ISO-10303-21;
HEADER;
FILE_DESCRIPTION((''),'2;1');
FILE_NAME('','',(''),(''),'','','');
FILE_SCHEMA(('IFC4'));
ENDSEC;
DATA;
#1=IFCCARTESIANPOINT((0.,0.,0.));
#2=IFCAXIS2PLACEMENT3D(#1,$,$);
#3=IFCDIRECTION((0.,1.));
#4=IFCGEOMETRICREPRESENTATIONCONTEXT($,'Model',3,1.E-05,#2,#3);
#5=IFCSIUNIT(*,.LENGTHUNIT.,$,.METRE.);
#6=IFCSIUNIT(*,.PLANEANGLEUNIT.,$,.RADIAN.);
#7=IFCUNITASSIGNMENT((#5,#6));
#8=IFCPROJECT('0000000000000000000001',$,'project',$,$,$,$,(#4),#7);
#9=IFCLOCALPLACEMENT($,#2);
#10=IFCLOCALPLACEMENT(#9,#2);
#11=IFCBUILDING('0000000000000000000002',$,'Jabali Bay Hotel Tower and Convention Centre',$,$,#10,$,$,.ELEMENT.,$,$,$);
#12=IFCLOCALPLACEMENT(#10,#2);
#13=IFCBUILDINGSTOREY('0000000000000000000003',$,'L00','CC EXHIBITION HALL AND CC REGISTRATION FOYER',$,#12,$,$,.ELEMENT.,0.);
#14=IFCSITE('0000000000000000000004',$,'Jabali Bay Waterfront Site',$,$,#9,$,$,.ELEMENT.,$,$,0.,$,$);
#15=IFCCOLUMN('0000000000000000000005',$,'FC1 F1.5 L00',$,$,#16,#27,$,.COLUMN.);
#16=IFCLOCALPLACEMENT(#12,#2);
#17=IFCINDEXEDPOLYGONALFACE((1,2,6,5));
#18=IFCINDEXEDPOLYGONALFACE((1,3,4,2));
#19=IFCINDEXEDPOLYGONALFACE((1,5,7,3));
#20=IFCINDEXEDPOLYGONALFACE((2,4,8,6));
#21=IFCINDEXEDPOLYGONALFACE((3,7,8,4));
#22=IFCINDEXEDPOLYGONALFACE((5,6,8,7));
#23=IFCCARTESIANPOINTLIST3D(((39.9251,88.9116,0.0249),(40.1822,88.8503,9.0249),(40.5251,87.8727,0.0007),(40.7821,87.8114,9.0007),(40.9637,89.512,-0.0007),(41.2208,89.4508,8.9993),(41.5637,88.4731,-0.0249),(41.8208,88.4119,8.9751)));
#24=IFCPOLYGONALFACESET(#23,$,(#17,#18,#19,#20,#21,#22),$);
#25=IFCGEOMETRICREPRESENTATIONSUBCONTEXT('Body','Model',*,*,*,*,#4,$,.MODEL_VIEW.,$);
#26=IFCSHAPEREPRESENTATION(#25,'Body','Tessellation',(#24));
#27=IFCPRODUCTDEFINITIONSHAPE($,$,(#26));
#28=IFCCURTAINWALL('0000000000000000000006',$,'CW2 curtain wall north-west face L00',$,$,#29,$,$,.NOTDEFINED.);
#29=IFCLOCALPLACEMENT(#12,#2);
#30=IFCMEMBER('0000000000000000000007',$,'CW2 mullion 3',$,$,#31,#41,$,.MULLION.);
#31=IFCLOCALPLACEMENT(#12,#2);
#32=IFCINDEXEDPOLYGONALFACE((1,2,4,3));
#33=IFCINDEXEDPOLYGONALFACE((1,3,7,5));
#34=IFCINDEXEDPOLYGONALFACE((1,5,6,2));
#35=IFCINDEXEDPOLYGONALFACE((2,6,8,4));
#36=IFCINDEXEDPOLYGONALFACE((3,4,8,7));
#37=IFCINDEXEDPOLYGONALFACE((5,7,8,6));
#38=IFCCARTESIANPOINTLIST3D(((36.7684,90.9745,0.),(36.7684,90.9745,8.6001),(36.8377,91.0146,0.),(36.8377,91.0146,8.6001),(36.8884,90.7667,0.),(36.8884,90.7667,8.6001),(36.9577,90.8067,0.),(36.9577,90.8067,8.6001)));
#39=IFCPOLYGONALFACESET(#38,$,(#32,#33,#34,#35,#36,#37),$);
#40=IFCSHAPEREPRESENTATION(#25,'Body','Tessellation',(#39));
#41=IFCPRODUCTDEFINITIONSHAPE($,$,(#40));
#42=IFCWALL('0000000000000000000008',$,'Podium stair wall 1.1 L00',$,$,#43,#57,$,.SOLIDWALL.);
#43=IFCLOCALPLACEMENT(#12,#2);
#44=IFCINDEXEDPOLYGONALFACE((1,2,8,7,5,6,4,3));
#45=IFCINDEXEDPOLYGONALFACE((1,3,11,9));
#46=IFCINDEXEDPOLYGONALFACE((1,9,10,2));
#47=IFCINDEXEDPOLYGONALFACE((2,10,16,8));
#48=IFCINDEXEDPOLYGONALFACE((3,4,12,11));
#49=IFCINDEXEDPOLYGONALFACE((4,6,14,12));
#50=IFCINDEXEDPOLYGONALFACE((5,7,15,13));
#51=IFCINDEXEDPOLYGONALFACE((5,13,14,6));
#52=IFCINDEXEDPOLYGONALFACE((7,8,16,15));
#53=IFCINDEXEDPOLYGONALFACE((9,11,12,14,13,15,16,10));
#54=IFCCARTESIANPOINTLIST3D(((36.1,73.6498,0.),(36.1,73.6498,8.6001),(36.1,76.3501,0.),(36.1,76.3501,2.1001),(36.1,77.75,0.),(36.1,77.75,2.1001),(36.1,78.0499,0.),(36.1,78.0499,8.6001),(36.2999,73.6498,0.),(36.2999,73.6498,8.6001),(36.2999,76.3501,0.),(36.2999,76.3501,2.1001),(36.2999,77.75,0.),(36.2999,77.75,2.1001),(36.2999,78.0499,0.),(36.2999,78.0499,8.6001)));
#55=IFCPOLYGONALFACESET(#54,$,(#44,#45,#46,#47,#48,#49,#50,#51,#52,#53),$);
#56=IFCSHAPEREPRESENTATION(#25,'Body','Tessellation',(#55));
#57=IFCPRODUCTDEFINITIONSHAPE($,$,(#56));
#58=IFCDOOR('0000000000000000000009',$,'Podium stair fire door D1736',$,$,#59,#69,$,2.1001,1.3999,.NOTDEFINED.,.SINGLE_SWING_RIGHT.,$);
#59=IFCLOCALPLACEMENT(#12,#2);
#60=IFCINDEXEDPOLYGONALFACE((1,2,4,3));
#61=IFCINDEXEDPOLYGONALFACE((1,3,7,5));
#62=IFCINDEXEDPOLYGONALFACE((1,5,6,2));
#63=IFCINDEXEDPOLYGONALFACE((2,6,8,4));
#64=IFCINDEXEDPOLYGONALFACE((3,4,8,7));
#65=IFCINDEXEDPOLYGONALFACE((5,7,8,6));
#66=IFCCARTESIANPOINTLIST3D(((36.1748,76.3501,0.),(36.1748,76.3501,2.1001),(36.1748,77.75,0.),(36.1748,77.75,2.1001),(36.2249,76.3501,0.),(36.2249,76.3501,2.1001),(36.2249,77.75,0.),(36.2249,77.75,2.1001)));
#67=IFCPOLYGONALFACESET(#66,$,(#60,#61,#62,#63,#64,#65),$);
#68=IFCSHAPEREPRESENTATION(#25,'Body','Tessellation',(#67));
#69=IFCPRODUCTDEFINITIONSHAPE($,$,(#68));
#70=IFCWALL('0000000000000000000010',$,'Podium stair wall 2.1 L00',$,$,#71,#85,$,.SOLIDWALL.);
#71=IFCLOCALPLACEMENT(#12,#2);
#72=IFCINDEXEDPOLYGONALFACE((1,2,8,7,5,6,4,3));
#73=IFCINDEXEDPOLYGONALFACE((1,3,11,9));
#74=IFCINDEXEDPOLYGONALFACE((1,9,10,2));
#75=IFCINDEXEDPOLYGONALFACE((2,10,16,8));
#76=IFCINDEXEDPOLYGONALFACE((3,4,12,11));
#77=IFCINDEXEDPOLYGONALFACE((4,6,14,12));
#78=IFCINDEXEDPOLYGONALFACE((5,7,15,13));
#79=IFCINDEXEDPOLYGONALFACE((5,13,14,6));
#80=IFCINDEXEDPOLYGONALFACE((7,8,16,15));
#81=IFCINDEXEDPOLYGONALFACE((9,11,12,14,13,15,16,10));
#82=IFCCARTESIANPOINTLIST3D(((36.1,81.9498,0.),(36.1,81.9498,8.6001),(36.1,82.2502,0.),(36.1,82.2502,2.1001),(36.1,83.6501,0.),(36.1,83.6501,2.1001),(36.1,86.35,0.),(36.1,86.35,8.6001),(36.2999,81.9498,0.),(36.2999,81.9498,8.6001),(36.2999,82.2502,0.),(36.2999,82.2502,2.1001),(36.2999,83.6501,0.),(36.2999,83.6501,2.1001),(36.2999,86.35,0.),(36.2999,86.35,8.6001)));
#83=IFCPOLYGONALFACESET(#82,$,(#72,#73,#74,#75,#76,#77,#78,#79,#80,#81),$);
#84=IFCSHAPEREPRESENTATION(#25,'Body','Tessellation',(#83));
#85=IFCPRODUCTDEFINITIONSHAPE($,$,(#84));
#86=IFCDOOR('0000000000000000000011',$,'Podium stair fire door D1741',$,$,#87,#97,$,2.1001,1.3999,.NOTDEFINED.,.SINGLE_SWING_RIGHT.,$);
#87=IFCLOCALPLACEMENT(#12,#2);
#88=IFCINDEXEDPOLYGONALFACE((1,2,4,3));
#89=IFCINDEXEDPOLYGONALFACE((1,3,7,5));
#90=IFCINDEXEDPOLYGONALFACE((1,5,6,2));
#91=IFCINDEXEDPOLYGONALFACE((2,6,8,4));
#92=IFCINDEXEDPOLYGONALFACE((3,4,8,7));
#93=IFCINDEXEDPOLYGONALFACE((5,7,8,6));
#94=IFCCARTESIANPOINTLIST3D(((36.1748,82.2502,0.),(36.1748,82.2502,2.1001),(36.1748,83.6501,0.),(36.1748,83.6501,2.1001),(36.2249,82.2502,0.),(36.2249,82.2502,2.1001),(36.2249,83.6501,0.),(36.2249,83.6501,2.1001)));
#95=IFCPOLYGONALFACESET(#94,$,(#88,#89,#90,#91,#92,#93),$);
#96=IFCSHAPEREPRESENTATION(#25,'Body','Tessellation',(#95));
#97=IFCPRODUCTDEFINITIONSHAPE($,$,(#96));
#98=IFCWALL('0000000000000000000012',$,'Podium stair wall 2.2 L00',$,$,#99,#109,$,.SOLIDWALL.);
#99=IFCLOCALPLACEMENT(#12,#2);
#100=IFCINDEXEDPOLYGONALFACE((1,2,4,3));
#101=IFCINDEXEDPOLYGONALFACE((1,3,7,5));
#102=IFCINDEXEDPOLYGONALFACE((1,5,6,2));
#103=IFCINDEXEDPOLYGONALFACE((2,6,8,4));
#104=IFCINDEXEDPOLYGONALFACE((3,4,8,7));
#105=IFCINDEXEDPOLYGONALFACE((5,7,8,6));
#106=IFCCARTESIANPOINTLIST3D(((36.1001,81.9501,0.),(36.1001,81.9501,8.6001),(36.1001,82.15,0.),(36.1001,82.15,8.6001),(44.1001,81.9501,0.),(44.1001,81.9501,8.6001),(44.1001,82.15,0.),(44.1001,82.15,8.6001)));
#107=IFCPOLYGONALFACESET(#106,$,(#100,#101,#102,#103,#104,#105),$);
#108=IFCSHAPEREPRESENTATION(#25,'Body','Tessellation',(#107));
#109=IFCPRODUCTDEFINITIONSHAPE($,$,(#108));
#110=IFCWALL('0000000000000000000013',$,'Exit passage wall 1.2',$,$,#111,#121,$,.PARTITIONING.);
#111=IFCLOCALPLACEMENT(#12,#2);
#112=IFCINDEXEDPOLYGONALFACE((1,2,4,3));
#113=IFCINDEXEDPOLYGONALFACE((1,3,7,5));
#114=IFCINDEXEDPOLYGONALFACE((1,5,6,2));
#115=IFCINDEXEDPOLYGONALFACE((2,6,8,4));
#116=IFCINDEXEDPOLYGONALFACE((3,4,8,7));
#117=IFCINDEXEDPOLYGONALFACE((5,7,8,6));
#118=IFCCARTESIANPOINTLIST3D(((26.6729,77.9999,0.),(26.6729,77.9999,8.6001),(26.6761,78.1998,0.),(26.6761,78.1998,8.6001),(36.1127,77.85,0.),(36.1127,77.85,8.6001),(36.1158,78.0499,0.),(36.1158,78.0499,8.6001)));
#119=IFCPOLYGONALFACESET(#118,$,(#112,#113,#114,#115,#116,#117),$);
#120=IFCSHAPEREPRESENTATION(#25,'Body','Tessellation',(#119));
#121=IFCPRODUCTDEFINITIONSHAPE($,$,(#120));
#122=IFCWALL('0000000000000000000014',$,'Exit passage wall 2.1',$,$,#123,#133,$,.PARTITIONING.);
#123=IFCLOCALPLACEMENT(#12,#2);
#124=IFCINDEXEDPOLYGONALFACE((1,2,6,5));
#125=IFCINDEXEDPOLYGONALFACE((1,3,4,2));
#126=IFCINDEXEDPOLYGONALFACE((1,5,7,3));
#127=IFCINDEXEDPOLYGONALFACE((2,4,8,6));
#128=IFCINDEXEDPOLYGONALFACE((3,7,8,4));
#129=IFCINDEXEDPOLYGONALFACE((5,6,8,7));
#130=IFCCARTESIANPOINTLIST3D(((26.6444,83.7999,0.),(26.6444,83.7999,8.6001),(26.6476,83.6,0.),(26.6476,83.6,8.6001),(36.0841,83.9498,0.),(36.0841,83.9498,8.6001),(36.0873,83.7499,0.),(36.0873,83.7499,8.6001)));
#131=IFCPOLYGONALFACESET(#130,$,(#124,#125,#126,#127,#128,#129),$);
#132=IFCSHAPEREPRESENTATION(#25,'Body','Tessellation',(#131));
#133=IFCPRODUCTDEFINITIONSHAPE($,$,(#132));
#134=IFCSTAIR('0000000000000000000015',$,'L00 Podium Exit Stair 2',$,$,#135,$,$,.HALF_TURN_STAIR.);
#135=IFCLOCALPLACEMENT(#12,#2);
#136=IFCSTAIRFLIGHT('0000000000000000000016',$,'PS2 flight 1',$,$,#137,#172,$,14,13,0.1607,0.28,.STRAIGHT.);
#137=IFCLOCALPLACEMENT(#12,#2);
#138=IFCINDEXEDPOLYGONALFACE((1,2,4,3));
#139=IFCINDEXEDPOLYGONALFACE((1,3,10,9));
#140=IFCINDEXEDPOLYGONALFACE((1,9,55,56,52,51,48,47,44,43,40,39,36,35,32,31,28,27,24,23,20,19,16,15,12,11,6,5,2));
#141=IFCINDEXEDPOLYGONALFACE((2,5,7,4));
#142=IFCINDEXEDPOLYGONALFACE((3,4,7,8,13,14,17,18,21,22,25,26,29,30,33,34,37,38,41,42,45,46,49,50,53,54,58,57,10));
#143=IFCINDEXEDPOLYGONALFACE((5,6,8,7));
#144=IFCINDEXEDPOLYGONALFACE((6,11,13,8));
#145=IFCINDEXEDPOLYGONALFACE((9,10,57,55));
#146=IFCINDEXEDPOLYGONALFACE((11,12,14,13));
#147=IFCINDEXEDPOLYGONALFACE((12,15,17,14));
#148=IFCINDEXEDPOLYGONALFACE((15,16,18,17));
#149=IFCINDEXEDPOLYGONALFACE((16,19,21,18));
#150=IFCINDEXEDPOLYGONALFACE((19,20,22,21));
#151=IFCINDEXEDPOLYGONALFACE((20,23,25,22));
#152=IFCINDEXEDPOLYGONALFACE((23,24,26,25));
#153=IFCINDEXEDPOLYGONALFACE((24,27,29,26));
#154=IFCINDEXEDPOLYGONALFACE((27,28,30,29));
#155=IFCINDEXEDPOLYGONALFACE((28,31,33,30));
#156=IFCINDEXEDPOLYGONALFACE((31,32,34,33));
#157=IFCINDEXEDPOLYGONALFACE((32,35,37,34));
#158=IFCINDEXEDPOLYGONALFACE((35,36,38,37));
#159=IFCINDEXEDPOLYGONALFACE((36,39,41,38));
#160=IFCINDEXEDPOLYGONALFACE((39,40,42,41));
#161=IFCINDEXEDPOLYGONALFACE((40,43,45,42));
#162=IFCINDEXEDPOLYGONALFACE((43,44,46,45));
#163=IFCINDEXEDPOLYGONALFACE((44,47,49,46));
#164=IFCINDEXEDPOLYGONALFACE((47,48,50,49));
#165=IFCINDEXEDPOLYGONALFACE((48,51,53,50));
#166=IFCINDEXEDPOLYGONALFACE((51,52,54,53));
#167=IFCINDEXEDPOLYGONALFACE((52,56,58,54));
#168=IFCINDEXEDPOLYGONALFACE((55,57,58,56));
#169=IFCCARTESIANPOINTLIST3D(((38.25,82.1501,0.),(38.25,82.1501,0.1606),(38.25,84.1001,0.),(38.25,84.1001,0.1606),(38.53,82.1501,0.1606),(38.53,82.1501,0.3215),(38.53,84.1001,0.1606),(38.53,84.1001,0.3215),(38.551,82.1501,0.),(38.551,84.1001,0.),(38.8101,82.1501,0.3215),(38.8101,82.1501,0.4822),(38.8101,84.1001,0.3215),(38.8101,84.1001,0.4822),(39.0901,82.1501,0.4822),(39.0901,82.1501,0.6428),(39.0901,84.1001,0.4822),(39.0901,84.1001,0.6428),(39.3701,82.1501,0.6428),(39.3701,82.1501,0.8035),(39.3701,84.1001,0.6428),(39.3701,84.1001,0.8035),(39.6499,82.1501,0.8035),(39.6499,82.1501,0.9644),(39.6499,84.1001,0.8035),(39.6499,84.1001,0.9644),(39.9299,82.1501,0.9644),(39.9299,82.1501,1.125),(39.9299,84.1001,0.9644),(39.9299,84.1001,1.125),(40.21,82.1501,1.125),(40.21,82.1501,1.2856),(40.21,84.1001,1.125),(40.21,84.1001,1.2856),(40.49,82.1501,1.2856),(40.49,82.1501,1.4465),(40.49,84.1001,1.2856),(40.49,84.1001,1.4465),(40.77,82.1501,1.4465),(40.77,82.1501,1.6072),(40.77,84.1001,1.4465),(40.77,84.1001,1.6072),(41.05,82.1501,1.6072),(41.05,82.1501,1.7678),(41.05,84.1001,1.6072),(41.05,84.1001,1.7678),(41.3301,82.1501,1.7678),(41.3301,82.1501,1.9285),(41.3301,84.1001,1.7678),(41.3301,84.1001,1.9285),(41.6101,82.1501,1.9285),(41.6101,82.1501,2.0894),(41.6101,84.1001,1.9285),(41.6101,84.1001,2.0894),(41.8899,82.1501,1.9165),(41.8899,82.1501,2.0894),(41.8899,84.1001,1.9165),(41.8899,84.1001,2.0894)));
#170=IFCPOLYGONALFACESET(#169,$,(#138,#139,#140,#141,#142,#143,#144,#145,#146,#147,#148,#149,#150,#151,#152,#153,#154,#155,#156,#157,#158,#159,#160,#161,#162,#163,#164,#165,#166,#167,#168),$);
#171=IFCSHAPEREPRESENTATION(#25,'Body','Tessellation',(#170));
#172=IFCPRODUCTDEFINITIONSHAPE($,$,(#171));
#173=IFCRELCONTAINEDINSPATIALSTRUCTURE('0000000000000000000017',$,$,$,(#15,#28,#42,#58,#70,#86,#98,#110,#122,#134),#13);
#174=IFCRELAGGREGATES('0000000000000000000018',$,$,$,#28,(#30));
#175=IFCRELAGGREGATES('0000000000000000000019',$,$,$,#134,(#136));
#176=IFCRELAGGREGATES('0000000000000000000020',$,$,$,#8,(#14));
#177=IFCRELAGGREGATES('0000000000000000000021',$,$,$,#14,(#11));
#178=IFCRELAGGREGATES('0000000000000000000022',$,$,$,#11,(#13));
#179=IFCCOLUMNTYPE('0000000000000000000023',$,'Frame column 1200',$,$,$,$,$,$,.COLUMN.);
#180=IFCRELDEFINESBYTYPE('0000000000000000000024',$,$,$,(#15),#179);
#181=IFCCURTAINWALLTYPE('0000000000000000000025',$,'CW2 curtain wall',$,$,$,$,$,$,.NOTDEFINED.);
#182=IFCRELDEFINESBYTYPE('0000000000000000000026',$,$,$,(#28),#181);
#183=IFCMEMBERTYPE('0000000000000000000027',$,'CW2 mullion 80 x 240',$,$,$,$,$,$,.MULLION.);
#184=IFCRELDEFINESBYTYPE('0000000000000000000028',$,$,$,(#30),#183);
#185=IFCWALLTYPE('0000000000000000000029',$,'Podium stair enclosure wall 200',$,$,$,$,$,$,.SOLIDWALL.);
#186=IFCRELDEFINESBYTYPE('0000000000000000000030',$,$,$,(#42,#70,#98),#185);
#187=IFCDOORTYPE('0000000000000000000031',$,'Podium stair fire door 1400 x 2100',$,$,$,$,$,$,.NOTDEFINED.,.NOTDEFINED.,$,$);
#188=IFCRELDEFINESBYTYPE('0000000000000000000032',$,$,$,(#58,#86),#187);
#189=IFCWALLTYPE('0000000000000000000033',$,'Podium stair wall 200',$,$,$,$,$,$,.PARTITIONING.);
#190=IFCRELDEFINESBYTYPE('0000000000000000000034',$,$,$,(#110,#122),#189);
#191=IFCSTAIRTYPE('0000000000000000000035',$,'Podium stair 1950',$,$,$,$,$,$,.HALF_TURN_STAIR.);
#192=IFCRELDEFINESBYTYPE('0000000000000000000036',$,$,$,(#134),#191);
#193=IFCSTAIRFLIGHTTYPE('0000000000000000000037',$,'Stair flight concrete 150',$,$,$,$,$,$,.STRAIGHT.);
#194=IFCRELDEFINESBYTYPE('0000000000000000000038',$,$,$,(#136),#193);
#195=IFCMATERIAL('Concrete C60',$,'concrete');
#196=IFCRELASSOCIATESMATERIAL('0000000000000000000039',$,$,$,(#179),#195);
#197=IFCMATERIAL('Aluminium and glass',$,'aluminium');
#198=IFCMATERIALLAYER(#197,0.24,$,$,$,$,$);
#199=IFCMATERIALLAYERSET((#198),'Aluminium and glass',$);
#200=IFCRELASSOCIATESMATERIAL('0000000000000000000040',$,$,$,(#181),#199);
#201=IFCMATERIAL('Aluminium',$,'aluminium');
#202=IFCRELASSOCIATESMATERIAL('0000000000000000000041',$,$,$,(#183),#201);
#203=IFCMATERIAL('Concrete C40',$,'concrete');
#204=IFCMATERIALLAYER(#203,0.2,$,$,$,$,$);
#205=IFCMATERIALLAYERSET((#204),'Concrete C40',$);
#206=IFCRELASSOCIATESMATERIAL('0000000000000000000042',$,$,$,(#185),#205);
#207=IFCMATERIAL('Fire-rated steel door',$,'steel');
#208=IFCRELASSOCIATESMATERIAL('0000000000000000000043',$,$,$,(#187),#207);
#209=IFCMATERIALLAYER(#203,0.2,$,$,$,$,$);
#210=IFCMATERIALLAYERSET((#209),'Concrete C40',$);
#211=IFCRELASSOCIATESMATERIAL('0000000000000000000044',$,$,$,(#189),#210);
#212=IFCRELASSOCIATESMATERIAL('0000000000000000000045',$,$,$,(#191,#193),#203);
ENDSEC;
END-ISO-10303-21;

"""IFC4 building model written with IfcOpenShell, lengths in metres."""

from ifc_helpers import new_model, si_unit, direction, frame, frame_2d, origin, origin_2d, place, context, subcontext, project, spatial, polyline, rectangle, outline, extrude, material, layer, layer_set, material_profile, profile_set, type_object, element, fill, aggregate, save


model = new_model("IFC4")

# Units and contexts
model_context = context("Model", 3, precision=1e-05, world=origin(), true_north=direction((0.0, 1.0)))
body_context = subcontext(model_context, "Body", "Model", "MODEL_VIEW")
ifc_project = project(units=[si_unit("LENGTHUNIT", "METRE"), si_unit("PLANEANGLEUNIT", "RADIAN")], contexts=[model_context])

# Site, building, storey
site_placement = place(None, origin())
site = spatial("IfcSite", under=ifc_project, at=site_placement, Name="Jabali Bay Waterfront Site", CompositionType="ELEMENT", RefElevation=0.0)
building_placement = place(site_placement, origin())
building = spatial("IfcBuilding", under=site, at=building_placement, Name="Jabali Bay Hotel Tower and Convention Centre", CompositionType="ELEMENT")
storey_placement = place(building_placement, origin())
storey = spatial("IfcBuildingStorey", under=building, at=storey_placement, Name="L00", Description="CC EXHIBITION HALL AND CC REGISTRATION FOYER", CompositionType="ELEMENT", Elevation=0.0)

# Column
ifc_material_1 = material(Name="Concrete C60", Category="concrete")
ifc_material_profile_1 = material_profile(ifc_material_1, rectangle(XDim=1.2, YDim=1.2, at=origin_2d()), Name="Frame column 1200")
ifc_profile_set_1 = profile_set([ifc_material_profile_1], Name="Concrete C60")
column_type = type_object("IfcColumnType", Name="Frame column 1200", PredefinedType="COLUMN", material=ifc_profile_set_1)
column_placement = place(storey_placement, frame((40.7444, 88.6924, 0.0), z_axis=(0.028552, -0.006806, 0.999569), x_axis=(-0.500004, 0.865788, 0.020177)))
element("IfcColumn", 1, at=column_placement, inside=storey, type_object=column_type, Name="FC1 F1.5 L00", PredefinedType="COLUMN", context=body_context, shape_type="SweptSolid", body=[
    extrude(rectangle(XDim=1.2, YDim=1.2, at=origin_2d()), origin(), (0.0, 0.0, 1.0), 9.0039),
])

# Curtain wall, member
ifc_material_2 = material(Name="Aluminium and glass", Category="aluminium")
ifc_layer_1 = layer(ifc_material_2, 0.24)
ifc_layer_set_1 = layer_set([ifc_layer_1], Name="Aluminium and glass")
curtain_wall_type = type_object("IfcCurtainWallType", Name="CW2 curtain wall", PredefinedType="NOTDEFINED", material=ifc_layer_set_1)
curtain_wall_placement = place(storey_placement, origin())
curtain_wall = element("IfcCurtainWall", 2, at=curtain_wall_placement, inside=storey, type_object=curtain_wall_type, Name="CW2 curtain wall north-west face L00", PredefinedType="NOTDEFINED")
ifc_material_3 = material(Name="Aluminium", Category="aluminium")
ifc_material_profile_2 = material_profile(ifc_material_3, rectangle(XDim=0.24, YDim=0.0801, at=origin_2d()), Name="CW2 mullion 80 x 240")
ifc_profile_set_2 = profile_set([ifc_material_profile_2], Name="Aluminium")
member_type = type_object("IfcMemberType", Name="CW2 mullion 80 x 240", PredefinedType="MULLION", material=ifc_profile_set_2)
member_placement = place(storey_placement, frame((36.863, 90.8906, 0.0), z_axis=(0.0, 0.0, 1.0), x_axis=(-0.5, 0.866025, 0.0)))
member = element("IfcMember", 3, at=member_placement, type_object=member_type, Name="CW2 mullion 3", PredefinedType="MULLION", context=body_context, shape_type="SweptSolid", body=[
    extrude(rectangle(XDim=0.24, YDim=0.0801, at=origin_2d()), origin(), (0.0, 0.0, 1.0), 8.6001),
])
aggregate(curtain_wall, [member])

# Walls, openings, doors
ifc_material_4 = material(Name="Concrete C40", Category="concrete")
ifc_layer_2 = layer(ifc_material_4, 0.2)
ifc_layer_set_2 = layer_set([ifc_layer_2], Name="Concrete C40")
wall_type_1 = type_object("IfcWallType", Name="Podium stair enclosure wall 200", PredefinedType="SOLIDWALL", material=ifc_layer_set_2)
wall_1_placement = place(storey_placement, frame((36.2, 78.05, 0.0), z_axis=(0.0, 0.0, 1.0), x_axis=(0.0, -1.0, 0.0)))
wall_1 = element("IfcWall", 4, at=wall_1_placement, inside=storey, type_object=wall_type_1, Name="Podium stair wall 1.1 L00", PredefinedType="SOLIDWALL", context=body_context, shape_type="SweptSolid", body=[
    extrude(rectangle(XDim=4.4001, YDim=0.2, at=frame_2d((2.2002, 0.0))), origin(), (0.0, 0.0, 1.0), 8.6001),
])
opening_1_placement = place(wall_1_placement, frame((0.3, 0.0, 0.0)))
opening_1 = element("IfcOpeningElement", 5, at=opening_1_placement, cuts=wall_1, PredefinedType="OPENING", context=body_context, shape_type="SweptSolid", body=[
    extrude(rectangle(XDim=1.3999, YDim=2.1001, at=frame_2d((0.7, 1.05))), frame((0.0, 0.1104, 0.0), z_axis=(0.0, -1.0, 0.0), x_axis=(1.0, 0.0, 0.0)), (0.0, 0.0, 1.0), 0.2209),
])
ifc_material_5 = material(Name="Fire-rated steel door", Category="steel")
door_type_1 = type_object("IfcDoorType", Name="Podium stair fire door 1400 x 2100", OperationType="NOTDEFINED", PredefinedType="NOTDEFINED", material=ifc_material_5)
door_1_placement = place(opening_1_placement, origin())
door_1 = element("IfcDoor", 6, at=door_1_placement, inside=storey, type_object=door_type_1, Name="Podium stair fire door D1736", OperationType="SINGLE_SWING_RIGHT", OverallHeight=2.1001, OverallWidth=1.3999, PredefinedType="NOTDEFINED", context=body_context, shape_type="SweptSolid", body=[
    extrude(rectangle(XDim=1.3999, YDim=2.1001, at=frame_2d((0.7, 1.05))), frame((0.0, 0.0249, 0.0), z_axis=(0.0, -1.0, 0.0), x_axis=(1.0, 0.0, 0.0)), (0.0, 0.0, 1.0), 0.05),
])
fill(opening_1, door_1)
wall_2_placement = place(storey_placement, frame((36.2, 86.3501, 0.0), z_axis=(0.0, 0.0, 1.0), x_axis=(0.0, -1.0, 0.0)))
wall_2 = element("IfcWall", 7, at=wall_2_placement, inside=storey, type_object=wall_type_1, Name="Podium stair wall 2.1 L00", PredefinedType="SOLIDWALL", context=body_context, shape_type="SweptSolid", body=[
    extrude(rectangle(XDim=4.4001, YDim=0.2, at=frame_2d((2.2002, 0.0))), origin(), (0.0, 0.0, 1.0), 8.6001),
])
opening_2_placement = place(wall_2_placement, frame((2.7, 0.0, 0.0)))
opening_2 = element("IfcOpeningElement", 8, at=opening_2_placement, cuts=wall_2, PredefinedType="OPENING", context=body_context, shape_type="SweptSolid", body=[
    extrude(rectangle(XDim=1.3999, YDim=2.1001, at=frame_2d((0.7, 1.05))), frame((0.0, 0.1104, 0.0), z_axis=(0.0, -1.0, 0.0), x_axis=(1.0, 0.0, 0.0)), (0.0, 0.0, 1.0), 0.2209),
])
door_2_placement = place(opening_2_placement, origin())
door_2 = element("IfcDoor", 9, at=door_2_placement, inside=storey, type_object=door_type_1, Name="Podium stair fire door D1741", OperationType="SINGLE_SWING_RIGHT", OverallHeight=2.1001, OverallWidth=1.3999, PredefinedType="NOTDEFINED", context=body_context, shape_type="SweptSolid", body=[
    extrude(rectangle(XDim=1.3999, YDim=2.1001, at=frame_2d((0.7, 1.05))), frame((0.0, 0.0249, 0.0), z_axis=(0.0, -1.0, 0.0), x_axis=(1.0, 0.0, 0.0)), (0.0, 0.0, 1.0), 0.05),
])
fill(opening_2, door_2)

# Walls
wall_3_placement = place(storey_placement, frame((36.1001, 82.05, 0.0), z_axis=(0.0, 0.0, 1.0), x_axis=(1.0, 0.0, 0.0)))
element("IfcWall", 10, at=wall_3_placement, inside=storey, type_object=wall_type_1, Name="Podium stair wall 2.2 L00", PredefinedType="SOLIDWALL", context=body_context, shape_type="SweptSolid", body=[
    extrude(rectangle(XDim=8.0, YDim=0.2, at=frame_2d((4.0, 0.0))), origin(), (0.0, 0.0, 1.0), 8.6001),
])
ifc_layer_3 = layer(ifc_material_4, 0.2)
ifc_layer_set_3 = layer_set([ifc_layer_3], Name="Concrete C40")
wall_type_2 = type_object("IfcWallType", Name="Podium stair wall 200", PredefinedType="PARTITIONING", material=ifc_layer_set_3)
for number, where, z_axis, x_axis, name in (
    (11, (36.1143, 77.95, 0.0), (0.0, 0.0, 1.0), (-0.999874, 0.015878, 0.0), "Exit passage wall 1.2"),
    (12, (36.0857, 83.8499, 0.0), (0.0, 0.0, 1.0), (-0.999874, -0.015878, 0.0), "Exit passage wall 2.1"),
):
    element("IfcWall", number, at=place(storey_placement, frame(where, z_axis=z_axis, x_axis=x_axis)), inside=storey, type_object=wall_type_2, Name=name, PredefinedType="PARTITIONING", context=body_context, shape_type="SweptSolid", body=[
        extrude(rectangle(XDim=9.4409, YDim=0.2, at=frame_2d((4.7205, 0.0))), origin(), (0.0, 0.0, 1.0), 8.6001),
    ])

# Stair, stair flight
stair_type = type_object("IfcStairType", Name="Podium stair 1950", PredefinedType="HALF_TURN_STAIR", material=ifc_material_4)
stair_placement = place(storey_placement, origin())
stair = element("IfcStair", 13, at=stair_placement, inside=storey, type_object=stair_type, Name="L00 Podium Exit Stair 2", PredefinedType="HALF_TURN_STAIR")
stair_flight_type = type_object("IfcStairFlightType", Name="Stair flight concrete 150", PredefinedType="STRAIGHT", material=ifc_material_4)
stair_flight_1_placement = place(storey_placement, frame((38.25, 83.125, 0.0), z_axis=(0.0, 0.0, 1.0), x_axis=(1.0, 0.0, 0.0)))
stair_flight_1 = element("IfcStairFlight", 14, at=stair_flight_1_placement, type_object=stair_flight_type, Name="PS2 flight 1", NumberOfRisers=14, NumberOfTreads=13, PredefinedType="STRAIGHT", RiserHeight=0.1607, TreadLength=0.28, context=body_context, shape_type="SweptSolid", body=[
    extrude(outline(polyline([(0.0, 0.0), (0.0, 0.1606), (0.28, 0.1606), (0.28, 0.3215), (0.5601, 0.3215), (0.5601, 0.4822), (0.8401, 0.4822), (0.8401, 0.6428), (1.1201, 0.6428), (1.1201, 0.8035), (1.3999, 0.8035), (1.3999, 0.9644), (1.6799, 0.9644), (1.6799, 1.125), (1.96, 1.125), (1.96, 1.2856), (2.24, 1.2856), (2.24, 1.4465), (2.52, 1.4465), (2.52, 1.6072), (2.8, 1.6072), (2.8, 1.7678), (3.0801, 1.7678), (3.0801, 1.9285), (3.3601, 1.9285), (3.3601, 2.0894), (3.6399, 2.0894), (3.6399, 2.25), (3.6399, 1.9165), (0.301, 0.0), (0.0, 0.0)])), frame((0.0, 0.9751, 0.0), z_axis=(0.0, -1.0, 0.0), x_axis=(1.0, 0.0, 0.0)), (0.0, 0.0, 1.0), 1.95),
])
aggregate(stair, [stair_flight_1])

save(model, "model.ifc")
